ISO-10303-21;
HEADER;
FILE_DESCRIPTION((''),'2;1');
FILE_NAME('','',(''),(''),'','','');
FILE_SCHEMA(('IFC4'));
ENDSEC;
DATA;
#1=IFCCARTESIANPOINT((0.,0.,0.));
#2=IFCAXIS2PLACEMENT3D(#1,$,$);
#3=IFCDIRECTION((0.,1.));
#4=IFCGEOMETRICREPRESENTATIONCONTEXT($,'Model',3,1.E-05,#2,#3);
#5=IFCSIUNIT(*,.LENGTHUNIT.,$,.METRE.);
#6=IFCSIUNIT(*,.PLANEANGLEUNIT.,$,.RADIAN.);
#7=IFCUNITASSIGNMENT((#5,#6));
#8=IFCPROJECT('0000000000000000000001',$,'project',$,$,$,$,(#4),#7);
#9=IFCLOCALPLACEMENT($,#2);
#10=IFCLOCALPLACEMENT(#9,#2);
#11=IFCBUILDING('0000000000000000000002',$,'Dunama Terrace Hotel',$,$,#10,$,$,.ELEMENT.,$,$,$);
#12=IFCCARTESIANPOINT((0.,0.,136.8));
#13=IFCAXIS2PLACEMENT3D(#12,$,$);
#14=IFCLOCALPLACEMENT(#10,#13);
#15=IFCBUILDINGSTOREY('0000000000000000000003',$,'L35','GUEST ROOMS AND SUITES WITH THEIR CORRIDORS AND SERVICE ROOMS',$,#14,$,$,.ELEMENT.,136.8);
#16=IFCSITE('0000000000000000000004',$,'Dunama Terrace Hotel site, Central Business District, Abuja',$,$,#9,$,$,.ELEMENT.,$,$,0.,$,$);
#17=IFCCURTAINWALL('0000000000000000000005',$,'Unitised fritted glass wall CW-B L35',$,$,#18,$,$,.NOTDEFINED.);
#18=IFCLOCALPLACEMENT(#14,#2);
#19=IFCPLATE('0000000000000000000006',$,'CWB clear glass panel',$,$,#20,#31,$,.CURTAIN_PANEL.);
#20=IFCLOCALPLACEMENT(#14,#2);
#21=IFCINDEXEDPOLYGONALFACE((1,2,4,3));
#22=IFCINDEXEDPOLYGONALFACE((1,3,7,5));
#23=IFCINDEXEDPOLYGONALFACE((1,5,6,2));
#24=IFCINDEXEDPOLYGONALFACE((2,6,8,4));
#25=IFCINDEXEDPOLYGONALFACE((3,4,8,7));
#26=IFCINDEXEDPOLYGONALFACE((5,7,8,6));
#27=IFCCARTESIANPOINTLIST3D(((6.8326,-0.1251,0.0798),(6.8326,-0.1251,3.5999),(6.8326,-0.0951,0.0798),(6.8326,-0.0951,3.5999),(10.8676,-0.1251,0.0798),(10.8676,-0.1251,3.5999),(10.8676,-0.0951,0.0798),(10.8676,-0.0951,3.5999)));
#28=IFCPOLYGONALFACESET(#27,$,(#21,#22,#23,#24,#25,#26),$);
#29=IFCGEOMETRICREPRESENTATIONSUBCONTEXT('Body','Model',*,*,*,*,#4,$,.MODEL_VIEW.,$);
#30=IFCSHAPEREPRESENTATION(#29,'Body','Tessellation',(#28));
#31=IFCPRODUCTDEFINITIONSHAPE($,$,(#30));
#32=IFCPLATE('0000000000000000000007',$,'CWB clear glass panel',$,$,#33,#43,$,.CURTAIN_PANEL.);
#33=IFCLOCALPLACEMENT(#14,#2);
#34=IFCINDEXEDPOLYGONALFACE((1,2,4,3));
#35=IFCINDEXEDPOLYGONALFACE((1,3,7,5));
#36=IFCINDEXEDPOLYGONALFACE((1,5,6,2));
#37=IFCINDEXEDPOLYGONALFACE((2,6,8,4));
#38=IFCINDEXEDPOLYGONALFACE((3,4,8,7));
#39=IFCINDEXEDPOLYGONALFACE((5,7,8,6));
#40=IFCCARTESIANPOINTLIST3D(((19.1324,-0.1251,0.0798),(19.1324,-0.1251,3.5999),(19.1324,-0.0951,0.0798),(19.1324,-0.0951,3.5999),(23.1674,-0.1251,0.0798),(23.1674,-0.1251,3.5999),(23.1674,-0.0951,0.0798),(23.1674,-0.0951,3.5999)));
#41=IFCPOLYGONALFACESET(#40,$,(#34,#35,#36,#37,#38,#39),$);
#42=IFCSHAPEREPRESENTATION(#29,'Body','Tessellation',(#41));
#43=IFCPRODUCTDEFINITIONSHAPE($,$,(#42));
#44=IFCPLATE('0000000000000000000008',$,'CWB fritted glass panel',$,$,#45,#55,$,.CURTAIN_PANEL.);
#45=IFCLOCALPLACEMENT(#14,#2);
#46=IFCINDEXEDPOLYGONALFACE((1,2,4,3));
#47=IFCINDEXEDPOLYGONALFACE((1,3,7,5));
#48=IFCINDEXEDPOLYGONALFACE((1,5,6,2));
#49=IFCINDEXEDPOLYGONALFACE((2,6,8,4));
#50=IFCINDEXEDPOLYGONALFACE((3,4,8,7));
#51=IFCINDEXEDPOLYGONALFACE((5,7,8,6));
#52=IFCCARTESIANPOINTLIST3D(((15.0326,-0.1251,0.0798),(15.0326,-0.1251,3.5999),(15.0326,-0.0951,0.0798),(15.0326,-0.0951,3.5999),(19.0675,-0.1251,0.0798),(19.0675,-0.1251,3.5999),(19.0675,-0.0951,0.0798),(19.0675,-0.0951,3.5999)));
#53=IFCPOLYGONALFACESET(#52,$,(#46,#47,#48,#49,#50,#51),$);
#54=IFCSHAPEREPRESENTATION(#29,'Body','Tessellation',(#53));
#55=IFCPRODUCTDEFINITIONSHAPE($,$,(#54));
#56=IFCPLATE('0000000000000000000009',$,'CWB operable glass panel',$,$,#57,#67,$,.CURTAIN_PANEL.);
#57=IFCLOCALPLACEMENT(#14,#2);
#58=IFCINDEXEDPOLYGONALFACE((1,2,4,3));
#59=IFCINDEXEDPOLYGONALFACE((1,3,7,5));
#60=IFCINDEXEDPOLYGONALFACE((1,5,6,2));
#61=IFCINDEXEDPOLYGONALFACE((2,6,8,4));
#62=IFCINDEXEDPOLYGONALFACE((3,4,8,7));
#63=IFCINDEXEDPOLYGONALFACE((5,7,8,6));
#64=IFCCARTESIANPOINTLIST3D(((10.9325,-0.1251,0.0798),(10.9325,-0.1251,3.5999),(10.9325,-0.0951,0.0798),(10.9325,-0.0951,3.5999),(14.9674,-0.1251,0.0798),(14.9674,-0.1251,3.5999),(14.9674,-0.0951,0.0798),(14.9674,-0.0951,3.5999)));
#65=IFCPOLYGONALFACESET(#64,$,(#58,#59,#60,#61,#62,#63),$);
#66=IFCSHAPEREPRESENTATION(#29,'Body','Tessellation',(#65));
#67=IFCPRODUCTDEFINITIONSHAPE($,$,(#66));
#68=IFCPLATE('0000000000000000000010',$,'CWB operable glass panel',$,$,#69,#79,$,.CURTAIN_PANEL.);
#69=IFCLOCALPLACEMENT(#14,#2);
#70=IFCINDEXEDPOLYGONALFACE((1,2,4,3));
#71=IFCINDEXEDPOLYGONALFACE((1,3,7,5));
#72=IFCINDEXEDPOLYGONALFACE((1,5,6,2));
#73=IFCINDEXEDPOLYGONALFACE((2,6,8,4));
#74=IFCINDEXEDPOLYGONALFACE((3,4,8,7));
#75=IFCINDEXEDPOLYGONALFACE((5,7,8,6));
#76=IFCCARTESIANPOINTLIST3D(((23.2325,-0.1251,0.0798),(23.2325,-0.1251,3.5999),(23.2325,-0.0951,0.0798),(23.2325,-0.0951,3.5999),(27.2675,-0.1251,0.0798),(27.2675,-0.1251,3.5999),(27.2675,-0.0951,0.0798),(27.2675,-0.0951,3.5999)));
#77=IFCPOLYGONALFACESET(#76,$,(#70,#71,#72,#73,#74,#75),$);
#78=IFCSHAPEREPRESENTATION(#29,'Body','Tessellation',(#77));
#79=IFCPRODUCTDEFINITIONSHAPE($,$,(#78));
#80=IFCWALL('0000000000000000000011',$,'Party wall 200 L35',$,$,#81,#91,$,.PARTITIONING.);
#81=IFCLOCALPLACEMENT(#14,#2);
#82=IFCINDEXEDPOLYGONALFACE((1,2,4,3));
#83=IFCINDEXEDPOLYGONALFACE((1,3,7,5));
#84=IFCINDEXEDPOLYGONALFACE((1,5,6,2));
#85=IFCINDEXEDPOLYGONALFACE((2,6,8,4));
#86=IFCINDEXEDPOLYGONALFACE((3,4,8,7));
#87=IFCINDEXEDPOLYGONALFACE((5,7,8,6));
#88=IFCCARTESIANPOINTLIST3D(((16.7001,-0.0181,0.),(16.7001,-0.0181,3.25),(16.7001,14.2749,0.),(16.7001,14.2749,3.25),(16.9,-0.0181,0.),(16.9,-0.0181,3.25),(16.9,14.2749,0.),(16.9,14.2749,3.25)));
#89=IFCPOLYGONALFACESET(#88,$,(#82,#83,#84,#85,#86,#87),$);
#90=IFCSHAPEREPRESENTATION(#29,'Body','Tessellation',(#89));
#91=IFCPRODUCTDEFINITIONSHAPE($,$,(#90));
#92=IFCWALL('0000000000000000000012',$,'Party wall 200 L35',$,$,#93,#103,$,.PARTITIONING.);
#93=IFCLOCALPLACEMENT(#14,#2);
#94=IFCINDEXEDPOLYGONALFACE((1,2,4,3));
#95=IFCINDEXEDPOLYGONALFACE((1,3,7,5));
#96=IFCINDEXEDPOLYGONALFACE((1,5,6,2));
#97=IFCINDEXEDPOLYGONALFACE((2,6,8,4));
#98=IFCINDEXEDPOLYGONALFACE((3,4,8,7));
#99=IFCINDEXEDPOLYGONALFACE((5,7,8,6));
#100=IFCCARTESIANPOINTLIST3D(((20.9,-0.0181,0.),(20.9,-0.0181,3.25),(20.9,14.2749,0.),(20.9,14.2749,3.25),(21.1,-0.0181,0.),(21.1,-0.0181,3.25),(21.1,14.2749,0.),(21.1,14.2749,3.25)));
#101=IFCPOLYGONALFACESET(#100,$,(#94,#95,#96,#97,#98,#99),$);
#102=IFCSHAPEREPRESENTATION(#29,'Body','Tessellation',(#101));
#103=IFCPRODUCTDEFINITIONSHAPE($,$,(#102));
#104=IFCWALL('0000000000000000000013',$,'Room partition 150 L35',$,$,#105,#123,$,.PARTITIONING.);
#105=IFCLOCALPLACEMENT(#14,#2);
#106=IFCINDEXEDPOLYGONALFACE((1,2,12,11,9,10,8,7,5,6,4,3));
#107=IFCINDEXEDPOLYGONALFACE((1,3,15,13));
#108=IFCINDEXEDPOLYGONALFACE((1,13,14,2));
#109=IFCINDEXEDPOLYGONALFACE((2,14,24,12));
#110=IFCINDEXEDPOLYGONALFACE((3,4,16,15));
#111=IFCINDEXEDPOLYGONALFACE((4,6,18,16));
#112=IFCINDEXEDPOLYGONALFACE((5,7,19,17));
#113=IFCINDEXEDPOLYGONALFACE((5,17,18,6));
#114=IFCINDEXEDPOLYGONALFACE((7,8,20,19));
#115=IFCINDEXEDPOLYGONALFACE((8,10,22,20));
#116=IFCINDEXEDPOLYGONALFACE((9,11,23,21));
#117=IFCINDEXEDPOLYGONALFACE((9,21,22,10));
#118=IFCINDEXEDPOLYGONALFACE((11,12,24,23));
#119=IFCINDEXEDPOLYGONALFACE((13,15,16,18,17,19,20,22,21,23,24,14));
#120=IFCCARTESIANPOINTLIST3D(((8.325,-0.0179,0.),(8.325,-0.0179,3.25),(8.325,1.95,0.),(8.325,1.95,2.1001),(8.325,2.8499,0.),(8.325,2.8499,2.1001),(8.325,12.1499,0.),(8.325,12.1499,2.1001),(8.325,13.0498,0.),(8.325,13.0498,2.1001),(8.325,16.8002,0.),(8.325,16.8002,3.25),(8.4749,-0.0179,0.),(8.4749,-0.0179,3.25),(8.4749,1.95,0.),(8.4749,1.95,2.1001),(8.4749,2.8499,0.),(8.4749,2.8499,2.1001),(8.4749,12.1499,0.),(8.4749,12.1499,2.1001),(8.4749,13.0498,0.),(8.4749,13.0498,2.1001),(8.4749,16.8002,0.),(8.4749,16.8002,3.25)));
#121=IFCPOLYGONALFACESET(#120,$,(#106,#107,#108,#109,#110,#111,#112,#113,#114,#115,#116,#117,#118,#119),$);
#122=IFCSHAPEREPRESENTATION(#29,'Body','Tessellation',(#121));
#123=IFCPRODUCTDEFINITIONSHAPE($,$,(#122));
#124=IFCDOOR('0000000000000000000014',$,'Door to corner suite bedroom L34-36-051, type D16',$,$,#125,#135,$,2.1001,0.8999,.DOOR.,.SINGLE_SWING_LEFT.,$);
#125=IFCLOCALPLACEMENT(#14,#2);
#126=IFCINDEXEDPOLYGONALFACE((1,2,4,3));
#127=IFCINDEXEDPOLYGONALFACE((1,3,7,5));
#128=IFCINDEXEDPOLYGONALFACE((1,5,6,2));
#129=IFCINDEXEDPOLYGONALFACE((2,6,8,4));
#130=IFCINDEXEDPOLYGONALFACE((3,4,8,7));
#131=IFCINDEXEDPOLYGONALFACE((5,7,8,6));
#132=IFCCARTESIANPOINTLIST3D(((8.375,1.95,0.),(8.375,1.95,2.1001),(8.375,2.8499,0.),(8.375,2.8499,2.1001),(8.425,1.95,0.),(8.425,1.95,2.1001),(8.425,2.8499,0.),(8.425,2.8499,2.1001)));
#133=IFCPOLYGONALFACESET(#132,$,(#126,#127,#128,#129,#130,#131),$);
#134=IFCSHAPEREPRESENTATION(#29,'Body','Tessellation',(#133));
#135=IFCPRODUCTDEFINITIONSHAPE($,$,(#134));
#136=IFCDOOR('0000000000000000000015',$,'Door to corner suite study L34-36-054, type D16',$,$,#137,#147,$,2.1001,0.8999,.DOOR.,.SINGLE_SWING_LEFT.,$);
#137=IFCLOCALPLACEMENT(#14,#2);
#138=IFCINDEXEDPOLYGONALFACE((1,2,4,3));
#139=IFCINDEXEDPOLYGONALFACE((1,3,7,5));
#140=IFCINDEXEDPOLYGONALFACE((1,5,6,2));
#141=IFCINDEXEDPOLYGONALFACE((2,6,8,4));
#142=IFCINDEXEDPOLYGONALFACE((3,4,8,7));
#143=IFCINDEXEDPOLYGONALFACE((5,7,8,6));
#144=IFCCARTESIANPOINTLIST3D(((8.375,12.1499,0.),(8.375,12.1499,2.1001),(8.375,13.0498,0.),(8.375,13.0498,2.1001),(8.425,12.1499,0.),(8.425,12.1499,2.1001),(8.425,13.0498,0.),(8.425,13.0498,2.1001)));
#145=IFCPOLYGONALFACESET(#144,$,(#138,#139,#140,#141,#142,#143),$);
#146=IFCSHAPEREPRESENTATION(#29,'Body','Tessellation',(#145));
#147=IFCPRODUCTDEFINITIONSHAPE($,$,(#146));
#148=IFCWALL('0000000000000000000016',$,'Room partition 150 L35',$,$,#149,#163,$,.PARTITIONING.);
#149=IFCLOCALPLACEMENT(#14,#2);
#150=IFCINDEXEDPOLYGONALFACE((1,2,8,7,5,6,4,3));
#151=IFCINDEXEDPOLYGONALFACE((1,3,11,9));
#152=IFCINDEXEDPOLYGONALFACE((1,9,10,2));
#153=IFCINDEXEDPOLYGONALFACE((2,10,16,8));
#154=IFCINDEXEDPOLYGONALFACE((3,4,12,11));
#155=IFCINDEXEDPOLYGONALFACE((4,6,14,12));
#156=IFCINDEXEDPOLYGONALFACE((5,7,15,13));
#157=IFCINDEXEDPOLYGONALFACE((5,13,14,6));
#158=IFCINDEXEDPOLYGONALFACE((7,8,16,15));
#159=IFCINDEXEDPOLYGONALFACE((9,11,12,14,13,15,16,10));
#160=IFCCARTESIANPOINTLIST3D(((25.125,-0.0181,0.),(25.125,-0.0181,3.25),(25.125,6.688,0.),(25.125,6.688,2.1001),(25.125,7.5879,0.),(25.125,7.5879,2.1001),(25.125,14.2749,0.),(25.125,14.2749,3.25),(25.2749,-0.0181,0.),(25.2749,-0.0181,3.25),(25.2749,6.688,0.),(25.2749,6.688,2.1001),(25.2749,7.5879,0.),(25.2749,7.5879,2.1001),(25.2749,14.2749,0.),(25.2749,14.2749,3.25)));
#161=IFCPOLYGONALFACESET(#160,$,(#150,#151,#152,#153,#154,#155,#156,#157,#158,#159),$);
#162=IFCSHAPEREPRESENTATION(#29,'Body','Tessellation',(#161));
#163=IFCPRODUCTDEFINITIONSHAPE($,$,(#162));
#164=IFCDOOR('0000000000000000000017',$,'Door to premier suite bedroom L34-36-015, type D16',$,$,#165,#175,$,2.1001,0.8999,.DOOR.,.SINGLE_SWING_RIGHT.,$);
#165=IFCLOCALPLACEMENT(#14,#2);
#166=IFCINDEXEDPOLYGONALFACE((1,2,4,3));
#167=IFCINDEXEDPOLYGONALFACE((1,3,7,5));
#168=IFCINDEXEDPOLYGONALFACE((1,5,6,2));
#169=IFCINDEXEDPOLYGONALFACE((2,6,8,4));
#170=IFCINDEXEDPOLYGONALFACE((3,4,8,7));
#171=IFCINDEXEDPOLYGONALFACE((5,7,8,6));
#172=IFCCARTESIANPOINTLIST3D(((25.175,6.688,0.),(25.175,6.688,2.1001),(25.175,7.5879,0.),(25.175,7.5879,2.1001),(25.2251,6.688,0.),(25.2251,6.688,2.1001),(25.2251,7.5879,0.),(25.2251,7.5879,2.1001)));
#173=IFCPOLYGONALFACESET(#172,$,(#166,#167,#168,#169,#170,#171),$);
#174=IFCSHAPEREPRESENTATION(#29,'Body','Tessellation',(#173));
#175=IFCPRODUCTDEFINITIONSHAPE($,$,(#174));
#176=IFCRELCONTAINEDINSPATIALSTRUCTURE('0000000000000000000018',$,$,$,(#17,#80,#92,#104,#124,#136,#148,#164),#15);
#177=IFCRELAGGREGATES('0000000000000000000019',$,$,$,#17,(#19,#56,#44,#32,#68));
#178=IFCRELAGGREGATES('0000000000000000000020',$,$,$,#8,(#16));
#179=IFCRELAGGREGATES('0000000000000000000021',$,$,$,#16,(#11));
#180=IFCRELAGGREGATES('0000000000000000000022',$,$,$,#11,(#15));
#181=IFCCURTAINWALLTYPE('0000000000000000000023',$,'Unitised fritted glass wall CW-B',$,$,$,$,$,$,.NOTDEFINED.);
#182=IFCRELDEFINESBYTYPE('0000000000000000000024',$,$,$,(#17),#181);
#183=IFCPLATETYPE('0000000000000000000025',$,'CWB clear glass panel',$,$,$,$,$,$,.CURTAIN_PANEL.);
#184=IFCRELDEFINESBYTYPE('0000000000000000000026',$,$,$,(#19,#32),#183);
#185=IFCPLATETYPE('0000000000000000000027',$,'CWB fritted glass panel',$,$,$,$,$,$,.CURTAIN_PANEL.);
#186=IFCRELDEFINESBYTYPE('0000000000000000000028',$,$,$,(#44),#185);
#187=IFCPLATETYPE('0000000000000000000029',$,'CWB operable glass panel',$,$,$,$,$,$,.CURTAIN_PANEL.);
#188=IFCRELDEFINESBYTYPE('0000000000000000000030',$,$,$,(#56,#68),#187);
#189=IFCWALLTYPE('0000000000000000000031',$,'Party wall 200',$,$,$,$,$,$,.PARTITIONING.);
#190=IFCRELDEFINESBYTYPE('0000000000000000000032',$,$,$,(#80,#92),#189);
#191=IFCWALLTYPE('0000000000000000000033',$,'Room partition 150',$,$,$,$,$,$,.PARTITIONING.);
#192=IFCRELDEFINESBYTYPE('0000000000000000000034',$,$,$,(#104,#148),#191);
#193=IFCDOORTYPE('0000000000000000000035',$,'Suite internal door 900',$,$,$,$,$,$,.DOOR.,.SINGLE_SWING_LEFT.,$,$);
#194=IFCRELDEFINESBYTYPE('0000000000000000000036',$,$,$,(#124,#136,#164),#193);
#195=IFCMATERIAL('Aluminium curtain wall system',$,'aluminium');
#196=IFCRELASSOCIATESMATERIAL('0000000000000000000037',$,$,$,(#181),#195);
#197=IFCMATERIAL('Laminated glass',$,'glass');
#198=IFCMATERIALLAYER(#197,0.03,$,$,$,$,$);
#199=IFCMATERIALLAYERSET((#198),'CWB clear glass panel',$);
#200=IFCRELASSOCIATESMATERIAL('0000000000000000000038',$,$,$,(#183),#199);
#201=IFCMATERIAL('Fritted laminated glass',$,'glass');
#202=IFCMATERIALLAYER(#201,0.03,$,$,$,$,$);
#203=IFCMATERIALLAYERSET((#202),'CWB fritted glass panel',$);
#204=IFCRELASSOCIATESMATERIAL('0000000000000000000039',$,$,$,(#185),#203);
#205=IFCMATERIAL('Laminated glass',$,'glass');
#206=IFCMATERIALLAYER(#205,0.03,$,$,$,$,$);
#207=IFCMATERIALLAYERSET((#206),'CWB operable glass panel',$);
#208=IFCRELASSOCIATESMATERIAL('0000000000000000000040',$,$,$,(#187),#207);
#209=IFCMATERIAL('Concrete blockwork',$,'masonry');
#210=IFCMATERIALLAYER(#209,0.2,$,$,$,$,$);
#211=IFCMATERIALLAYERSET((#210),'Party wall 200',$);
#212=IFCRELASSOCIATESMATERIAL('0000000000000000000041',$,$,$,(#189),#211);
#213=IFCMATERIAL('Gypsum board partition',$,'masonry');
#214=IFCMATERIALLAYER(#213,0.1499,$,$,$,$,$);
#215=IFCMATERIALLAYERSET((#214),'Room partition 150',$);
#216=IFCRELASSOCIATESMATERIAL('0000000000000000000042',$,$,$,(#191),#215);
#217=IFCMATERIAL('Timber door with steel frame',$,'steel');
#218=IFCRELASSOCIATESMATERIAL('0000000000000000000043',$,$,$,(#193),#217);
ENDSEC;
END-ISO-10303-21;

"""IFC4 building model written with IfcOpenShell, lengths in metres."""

from ifc_helpers import new_model, si_unit, direction, frame, frame_2d, origin, origin_2d, place, context, subcontext, project, spatial, rectangle, extrude, material, layer, layer_set, type_object, element, fill, aggregate, save


model = new_model("IFC4")

# Units and contexts
model_context = context("Model", 3, precision=1e-05, world=origin(), true_north=direction((0.0, 1.0)))
body_context = subcontext(model_context, "Body", "Model", "MODEL_VIEW")
ifc_project = project(units=[si_unit("LENGTHUNIT", "METRE"), si_unit("PLANEANGLEUNIT", "RADIAN")], contexts=[model_context])

# Site, building, storey
site_placement = place(None, origin())
site = spatial("IfcSite", under=ifc_project, at=site_placement, Name="Dunama Terrace Hotel site, Central Business District, Abuja", CompositionType="ELEMENT", RefElevation=0.0)
building_placement = place(site_placement, origin())
building = spatial("IfcBuilding", under=site, at=building_placement, Name="Dunama Terrace Hotel", CompositionType="ELEMENT")
storey_placement = place(building_placement, frame((0.0, 0.0, 136.8)))
storey = spatial("IfcBuildingStorey", under=building, at=storey_placement, Name="L35", Description="GUEST ROOMS AND SUITES WITH THEIR CORRIDORS AND SERVICE ROOMS", CompositionType="ELEMENT", Elevation=136.8)

# Curtain wall
ifc_material_1 = material(Name="Aluminium curtain wall system", Category="aluminium")
curtain_wall_type = type_object("IfcCurtainWallType", Name="Unitised fritted glass wall CW-B", PredefinedType="NOTDEFINED", material=ifc_material_1)
curtain_wall_placement = place(storey_placement, origin())
curtain_wall = element("IfcCurtainWall", 1, at=curtain_wall_placement, inside=storey, type_object=curtain_wall_type, Name="Unitised fritted glass wall CW-B L35", PredefinedType="NOTDEFINED")

# Plates
ifc_material_2 = material(Name="Laminated glass", Category="glass")
ifc_layer_1 = layer(ifc_material_2, 0.03)
ifc_layer_set_1 = layer_set([ifc_layer_1], Name="CWB clear glass panel")
plate_type_1 = type_object("IfcPlateType", Name="CWB clear glass panel", PredefinedType="CURTAIN_PANEL", material=ifc_layer_set_1)
plate_1_placement = place(storey_placement, frame((8.8501, -0.1101, 0.0798), z_axis=(0.0, 0.0, 1.0), x_axis=(1.0, 0.0, 0.0)))
plate_1 = element("IfcPlate", 2, at=plate_1_placement, type_object=plate_type_1, Name="CWB clear glass panel", PredefinedType="CURTAIN_PANEL", context=body_context, shape_type="SweptSolid", body=[
    extrude(rectangle(XDim=4.0349, YDim=0.03, at=origin_2d()), origin(), (0.0, 0.0, 1.0), 3.52),
])
plate_2_placement = place(storey_placement, frame((21.1499, -0.1101, 0.0798), z_axis=(0.0, 0.0, 1.0), x_axis=(1.0, 0.0, 0.0)))
plate_2 = element("IfcPlate", 3, at=plate_2_placement, type_object=plate_type_1, Name="CWB clear glass panel", PredefinedType="CURTAIN_PANEL", context=body_context, shape_type="SweptSolid", body=[
    extrude(rectangle(XDim=4.0349, YDim=0.03, at=origin_2d()), origin(), (0.0, 0.0, 1.0), 3.52),
])
ifc_material_3 = material(Name="Fritted laminated glass", Category="glass")
ifc_layer_2 = layer(ifc_material_3, 0.03)
ifc_layer_set_2 = layer_set([ifc_layer_2], Name="CWB fritted glass panel")
plate_type_2 = type_object("IfcPlateType", Name="CWB fritted glass panel", PredefinedType="CURTAIN_PANEL", material=ifc_layer_set_2)
plate_3_placement = place(storey_placement, frame((17.05, -0.1101, 0.0798), z_axis=(0.0, 0.0, 1.0), x_axis=(1.0, 0.0, 0.0)))
plate_3 = element("IfcPlate", 4, at=plate_3_placement, type_object=plate_type_2, Name="CWB fritted glass panel", PredefinedType="CURTAIN_PANEL", context=body_context, shape_type="SweptSolid", body=[
    extrude(rectangle(XDim=4.0349, YDim=0.03, at=origin_2d()), origin(), (0.0, 0.0, 1.0), 3.52),
])
ifc_material_4 = material(Name="Laminated glass", Category="glass")
ifc_layer_3 = layer(ifc_material_4, 0.03)
ifc_layer_set_3 = layer_set([ifc_layer_3], Name="CWB operable glass panel")
plate_type_3 = type_object("IfcPlateType", Name="CWB operable glass panel", PredefinedType="CURTAIN_PANEL", material=ifc_layer_set_3)
plate_4_placement = place(storey_placement, frame((12.95, -0.1101, 0.0798), z_axis=(0.0, 0.0, 1.0), x_axis=(1.0, 0.0, 0.0)))
plate_4 = element("IfcPlate", 5, at=plate_4_placement, type_object=plate_type_3, Name="CWB operable glass panel", PredefinedType="CURTAIN_PANEL", context=body_context, shape_type="SweptSolid", body=[
    extrude(rectangle(XDim=4.0349, YDim=0.03, at=origin_2d()), origin(), (0.0, 0.0, 1.0), 3.52),
])
plate_5_placement = place(storey_placement, frame((25.25, -0.1101, 0.0798), z_axis=(0.0, 0.0, 1.0), x_axis=(1.0, 0.0, 0.0)))
plate_5 = element("IfcPlate", 6, at=plate_5_placement, type_object=plate_type_3, Name="CWB operable glass panel", PredefinedType="CURTAIN_PANEL", context=body_context, shape_type="SweptSolid", body=[
    extrude(rectangle(XDim=4.0349, YDim=0.03, at=origin_2d()), origin(), (0.0, 0.0, 1.0), 3.52),
])
aggregate(curtain_wall, [plate_1, plate_4, plate_3, plate_2, plate_5])

# Walls
ifc_material_5 = material(Name="Concrete blockwork", Category="masonry")
ifc_layer_4 = layer(ifc_material_5, 0.2)
ifc_layer_set_4 = layer_set([ifc_layer_4], Name="Party wall 200")
wall_type_1 = type_object("IfcWallType", Name="Party wall 200", PredefinedType="PARTITIONING", material=ifc_layer_set_4)
for number, where, z_axis, x_axis, name in (
    (7, (16.8, -0.0181, 0.0), (0.0, 0.0, 1.0), (0.0, 1.0, 0.0), "Party wall 200 L35"),
    (8, (21.0, -0.0181, 0.0), (0.0, 0.0, 1.0), (0.0, 1.0, 0.0), "Party wall 200 L35"),
):
    element("IfcWall", number, at=place(storey_placement, frame(where, z_axis=z_axis, x_axis=x_axis)), inside=storey, type_object=wall_type_1, Name=name, PredefinedType="PARTITIONING", context=body_context, shape_type="SweptSolid", body=[
        extrude(rectangle(XDim=14.293, YDim=0.2, at=frame_2d((7.1465, 0.0))), origin(), (0.0, 0.0, 1.0), 3.25),
    ])

# Wall, openings, doors
ifc_material_6 = material(Name="Gypsum board partition", Category="masonry")
ifc_layer_5 = layer(ifc_material_6, 0.1499)
ifc_layer_set_5 = layer_set([ifc_layer_5], Name="Room partition 150")
wall_type_2 = type_object("IfcWallType", Name="Room partition 150", PredefinedType="PARTITIONING", material=ifc_layer_set_5)
wall_1_placement = place(storey_placement, frame((8.3999, -0.0181, 0.0), z_axis=(0.0, 0.0, 1.0), x_axis=(0.0, 1.0, 0.0)))
wall_1 = element("IfcWall", 9, at=wall_1_placement, inside=storey, type_object=wall_type_2, Name="Room partition 150 L35", PredefinedType="PARTITIONING", context=body_context, shape_type="SweptSolid", body=[
    extrude(rectangle(XDim=16.8181, YDim=0.1499, at=frame_2d((8.4092, 0.0))), origin(), (0.0, 0.0, 1.0), 3.25),
])
opening_1_placement = place(wall_1_placement, frame((1.968, 0.0, 0.0)))
opening_1 = element("IfcOpeningElement", 10, at=opening_1_placement, cuts=wall_1, PredefinedType="OPENING", context=body_context, shape_type="SweptSolid", body=[
    extrude(rectangle(XDim=0.8999, YDim=2.1001, at=frame_2d((0.45, 1.05))), frame((0.0, 0.085, 0.0), z_axis=(0.0, -1.0, 0.0), x_axis=(1.0, 0.0, 0.0)), (0.0, 0.0, 1.0), 0.1699),
])
opening_2_placement = place(wall_1_placement, frame((12.168, 0.0, 0.0)))
opening_2 = element("IfcOpeningElement", 11, at=opening_2_placement, cuts=wall_1, PredefinedType="OPENING", context=body_context, shape_type="SweptSolid", body=[
    extrude(rectangle(XDim=0.8999, YDim=2.1001, at=frame_2d((0.45, 1.05))), frame((0.0, 0.085, 0.0), z_axis=(0.0, -1.0, 0.0), x_axis=(1.0, 0.0, 0.0)), (0.0, 0.0, 1.0), 0.1699),
])
ifc_material_7 = material(Name="Timber door with steel frame", Category="steel")
door_type = type_object("IfcDoorType", Name="Suite internal door 900", OperationType="SINGLE_SWING_LEFT", PredefinedType="DOOR", material=ifc_material_7)
door_1_placement = place(opening_1_placement, origin())
door_1 = element("IfcDoor", 12, at=door_1_placement, inside=storey, type_object=door_type, Name="Door to corner suite bedroom L34-36-051, type D16", OperationType="SINGLE_SWING_LEFT", OverallHeight=2.1001, OverallWidth=0.8999, PredefinedType="DOOR", context=body_context, shape_type="SweptSolid", body=[
    extrude(rectangle(XDim=0.8999, YDim=2.1001, at=frame_2d((0.45, 1.05))), frame((0.0, 0.0249, 0.0), z_axis=(0.0, -1.0, 0.0), x_axis=(1.0, 0.0, 0.0)), (0.0, 0.0, 1.0), 0.05),
])
fill(opening_1, door_1)
door_2_placement = place(opening_2_placement, origin())
door_2 = element("IfcDoor", 13, at=door_2_placement, inside=storey, type_object=door_type, Name="Door to corner suite study L34-36-054, type D16", OperationType="SINGLE_SWING_LEFT", OverallHeight=2.1001, OverallWidth=0.8999, PredefinedType="DOOR", context=body_context, shape_type="SweptSolid", body=[
    extrude(rectangle(XDim=0.8999, YDim=2.1001, at=frame_2d((0.45, 1.05))), frame((0.0, 0.0249, 0.0), z_axis=(0.0, -1.0, 0.0), x_axis=(1.0, 0.0, 0.0)), (0.0, 0.0, 1.0), 0.05),
])
fill(opening_2, door_2)

# Wall, opening, door
wall_2_placement = place(storey_placement, frame((25.2, -0.0181, 0.0), z_axis=(0.0, 0.0, 1.0), x_axis=(0.0, 1.0, 0.0)))
wall_2 = element("IfcWall", 14, at=wall_2_placement, inside=storey, type_object=wall_type_2, Name="Room partition 150 L35", PredefinedType="PARTITIONING", context=body_context, shape_type="SweptSolid", body=[
    extrude(rectangle(XDim=14.293, YDim=0.1499, at=frame_2d((7.1465, 0.0))), origin(), (0.0, 0.0, 1.0), 3.25),
])
opening_3_placement = place(wall_2_placement, frame((6.7061, 0.0, 0.0)))
opening_3 = element("IfcOpeningElement", 15, at=opening_3_placement, cuts=wall_2, PredefinedType="OPENING", context=body_context, shape_type="SweptSolid", body=[
    extrude(rectangle(XDim=0.8999, YDim=2.1001, at=frame_2d((0.45, 1.05))), frame((0.0, 0.085, 0.0), z_axis=(0.0, -1.0, 0.0), x_axis=(1.0, 0.0, 0.0)), (0.0, 0.0, 1.0), 0.1699),
])
door_3_placement = place(opening_3_placement, frame((0.8999, 0.0, 0.0), z_axis=(0.0, 0.0, 1.0), x_axis=(-1.0, 0.0, 0.0)))
door_3 = element("IfcDoor", 16, at=door_3_placement, inside=storey, type_object=door_type, Name="Door to premier suite bedroom L34-36-015, type D16", OperationType="SINGLE_SWING_RIGHT", OverallHeight=2.1001, OverallWidth=0.8999, PredefinedType="DOOR", context=body_context, shape_type="SweptSolid", body=[
    extrude(rectangle(XDim=0.8999, YDim=2.1001, at=frame_2d((0.45, 1.05))), frame((0.0, 0.0251, 0.0), z_axis=(0.0, -1.0, 0.0), x_axis=(1.0, 0.0, 0.0)), (0.0, 0.0, 1.0), 0.05),
])
fill(opening_3, door_3)

save(model, "model.ifc")
